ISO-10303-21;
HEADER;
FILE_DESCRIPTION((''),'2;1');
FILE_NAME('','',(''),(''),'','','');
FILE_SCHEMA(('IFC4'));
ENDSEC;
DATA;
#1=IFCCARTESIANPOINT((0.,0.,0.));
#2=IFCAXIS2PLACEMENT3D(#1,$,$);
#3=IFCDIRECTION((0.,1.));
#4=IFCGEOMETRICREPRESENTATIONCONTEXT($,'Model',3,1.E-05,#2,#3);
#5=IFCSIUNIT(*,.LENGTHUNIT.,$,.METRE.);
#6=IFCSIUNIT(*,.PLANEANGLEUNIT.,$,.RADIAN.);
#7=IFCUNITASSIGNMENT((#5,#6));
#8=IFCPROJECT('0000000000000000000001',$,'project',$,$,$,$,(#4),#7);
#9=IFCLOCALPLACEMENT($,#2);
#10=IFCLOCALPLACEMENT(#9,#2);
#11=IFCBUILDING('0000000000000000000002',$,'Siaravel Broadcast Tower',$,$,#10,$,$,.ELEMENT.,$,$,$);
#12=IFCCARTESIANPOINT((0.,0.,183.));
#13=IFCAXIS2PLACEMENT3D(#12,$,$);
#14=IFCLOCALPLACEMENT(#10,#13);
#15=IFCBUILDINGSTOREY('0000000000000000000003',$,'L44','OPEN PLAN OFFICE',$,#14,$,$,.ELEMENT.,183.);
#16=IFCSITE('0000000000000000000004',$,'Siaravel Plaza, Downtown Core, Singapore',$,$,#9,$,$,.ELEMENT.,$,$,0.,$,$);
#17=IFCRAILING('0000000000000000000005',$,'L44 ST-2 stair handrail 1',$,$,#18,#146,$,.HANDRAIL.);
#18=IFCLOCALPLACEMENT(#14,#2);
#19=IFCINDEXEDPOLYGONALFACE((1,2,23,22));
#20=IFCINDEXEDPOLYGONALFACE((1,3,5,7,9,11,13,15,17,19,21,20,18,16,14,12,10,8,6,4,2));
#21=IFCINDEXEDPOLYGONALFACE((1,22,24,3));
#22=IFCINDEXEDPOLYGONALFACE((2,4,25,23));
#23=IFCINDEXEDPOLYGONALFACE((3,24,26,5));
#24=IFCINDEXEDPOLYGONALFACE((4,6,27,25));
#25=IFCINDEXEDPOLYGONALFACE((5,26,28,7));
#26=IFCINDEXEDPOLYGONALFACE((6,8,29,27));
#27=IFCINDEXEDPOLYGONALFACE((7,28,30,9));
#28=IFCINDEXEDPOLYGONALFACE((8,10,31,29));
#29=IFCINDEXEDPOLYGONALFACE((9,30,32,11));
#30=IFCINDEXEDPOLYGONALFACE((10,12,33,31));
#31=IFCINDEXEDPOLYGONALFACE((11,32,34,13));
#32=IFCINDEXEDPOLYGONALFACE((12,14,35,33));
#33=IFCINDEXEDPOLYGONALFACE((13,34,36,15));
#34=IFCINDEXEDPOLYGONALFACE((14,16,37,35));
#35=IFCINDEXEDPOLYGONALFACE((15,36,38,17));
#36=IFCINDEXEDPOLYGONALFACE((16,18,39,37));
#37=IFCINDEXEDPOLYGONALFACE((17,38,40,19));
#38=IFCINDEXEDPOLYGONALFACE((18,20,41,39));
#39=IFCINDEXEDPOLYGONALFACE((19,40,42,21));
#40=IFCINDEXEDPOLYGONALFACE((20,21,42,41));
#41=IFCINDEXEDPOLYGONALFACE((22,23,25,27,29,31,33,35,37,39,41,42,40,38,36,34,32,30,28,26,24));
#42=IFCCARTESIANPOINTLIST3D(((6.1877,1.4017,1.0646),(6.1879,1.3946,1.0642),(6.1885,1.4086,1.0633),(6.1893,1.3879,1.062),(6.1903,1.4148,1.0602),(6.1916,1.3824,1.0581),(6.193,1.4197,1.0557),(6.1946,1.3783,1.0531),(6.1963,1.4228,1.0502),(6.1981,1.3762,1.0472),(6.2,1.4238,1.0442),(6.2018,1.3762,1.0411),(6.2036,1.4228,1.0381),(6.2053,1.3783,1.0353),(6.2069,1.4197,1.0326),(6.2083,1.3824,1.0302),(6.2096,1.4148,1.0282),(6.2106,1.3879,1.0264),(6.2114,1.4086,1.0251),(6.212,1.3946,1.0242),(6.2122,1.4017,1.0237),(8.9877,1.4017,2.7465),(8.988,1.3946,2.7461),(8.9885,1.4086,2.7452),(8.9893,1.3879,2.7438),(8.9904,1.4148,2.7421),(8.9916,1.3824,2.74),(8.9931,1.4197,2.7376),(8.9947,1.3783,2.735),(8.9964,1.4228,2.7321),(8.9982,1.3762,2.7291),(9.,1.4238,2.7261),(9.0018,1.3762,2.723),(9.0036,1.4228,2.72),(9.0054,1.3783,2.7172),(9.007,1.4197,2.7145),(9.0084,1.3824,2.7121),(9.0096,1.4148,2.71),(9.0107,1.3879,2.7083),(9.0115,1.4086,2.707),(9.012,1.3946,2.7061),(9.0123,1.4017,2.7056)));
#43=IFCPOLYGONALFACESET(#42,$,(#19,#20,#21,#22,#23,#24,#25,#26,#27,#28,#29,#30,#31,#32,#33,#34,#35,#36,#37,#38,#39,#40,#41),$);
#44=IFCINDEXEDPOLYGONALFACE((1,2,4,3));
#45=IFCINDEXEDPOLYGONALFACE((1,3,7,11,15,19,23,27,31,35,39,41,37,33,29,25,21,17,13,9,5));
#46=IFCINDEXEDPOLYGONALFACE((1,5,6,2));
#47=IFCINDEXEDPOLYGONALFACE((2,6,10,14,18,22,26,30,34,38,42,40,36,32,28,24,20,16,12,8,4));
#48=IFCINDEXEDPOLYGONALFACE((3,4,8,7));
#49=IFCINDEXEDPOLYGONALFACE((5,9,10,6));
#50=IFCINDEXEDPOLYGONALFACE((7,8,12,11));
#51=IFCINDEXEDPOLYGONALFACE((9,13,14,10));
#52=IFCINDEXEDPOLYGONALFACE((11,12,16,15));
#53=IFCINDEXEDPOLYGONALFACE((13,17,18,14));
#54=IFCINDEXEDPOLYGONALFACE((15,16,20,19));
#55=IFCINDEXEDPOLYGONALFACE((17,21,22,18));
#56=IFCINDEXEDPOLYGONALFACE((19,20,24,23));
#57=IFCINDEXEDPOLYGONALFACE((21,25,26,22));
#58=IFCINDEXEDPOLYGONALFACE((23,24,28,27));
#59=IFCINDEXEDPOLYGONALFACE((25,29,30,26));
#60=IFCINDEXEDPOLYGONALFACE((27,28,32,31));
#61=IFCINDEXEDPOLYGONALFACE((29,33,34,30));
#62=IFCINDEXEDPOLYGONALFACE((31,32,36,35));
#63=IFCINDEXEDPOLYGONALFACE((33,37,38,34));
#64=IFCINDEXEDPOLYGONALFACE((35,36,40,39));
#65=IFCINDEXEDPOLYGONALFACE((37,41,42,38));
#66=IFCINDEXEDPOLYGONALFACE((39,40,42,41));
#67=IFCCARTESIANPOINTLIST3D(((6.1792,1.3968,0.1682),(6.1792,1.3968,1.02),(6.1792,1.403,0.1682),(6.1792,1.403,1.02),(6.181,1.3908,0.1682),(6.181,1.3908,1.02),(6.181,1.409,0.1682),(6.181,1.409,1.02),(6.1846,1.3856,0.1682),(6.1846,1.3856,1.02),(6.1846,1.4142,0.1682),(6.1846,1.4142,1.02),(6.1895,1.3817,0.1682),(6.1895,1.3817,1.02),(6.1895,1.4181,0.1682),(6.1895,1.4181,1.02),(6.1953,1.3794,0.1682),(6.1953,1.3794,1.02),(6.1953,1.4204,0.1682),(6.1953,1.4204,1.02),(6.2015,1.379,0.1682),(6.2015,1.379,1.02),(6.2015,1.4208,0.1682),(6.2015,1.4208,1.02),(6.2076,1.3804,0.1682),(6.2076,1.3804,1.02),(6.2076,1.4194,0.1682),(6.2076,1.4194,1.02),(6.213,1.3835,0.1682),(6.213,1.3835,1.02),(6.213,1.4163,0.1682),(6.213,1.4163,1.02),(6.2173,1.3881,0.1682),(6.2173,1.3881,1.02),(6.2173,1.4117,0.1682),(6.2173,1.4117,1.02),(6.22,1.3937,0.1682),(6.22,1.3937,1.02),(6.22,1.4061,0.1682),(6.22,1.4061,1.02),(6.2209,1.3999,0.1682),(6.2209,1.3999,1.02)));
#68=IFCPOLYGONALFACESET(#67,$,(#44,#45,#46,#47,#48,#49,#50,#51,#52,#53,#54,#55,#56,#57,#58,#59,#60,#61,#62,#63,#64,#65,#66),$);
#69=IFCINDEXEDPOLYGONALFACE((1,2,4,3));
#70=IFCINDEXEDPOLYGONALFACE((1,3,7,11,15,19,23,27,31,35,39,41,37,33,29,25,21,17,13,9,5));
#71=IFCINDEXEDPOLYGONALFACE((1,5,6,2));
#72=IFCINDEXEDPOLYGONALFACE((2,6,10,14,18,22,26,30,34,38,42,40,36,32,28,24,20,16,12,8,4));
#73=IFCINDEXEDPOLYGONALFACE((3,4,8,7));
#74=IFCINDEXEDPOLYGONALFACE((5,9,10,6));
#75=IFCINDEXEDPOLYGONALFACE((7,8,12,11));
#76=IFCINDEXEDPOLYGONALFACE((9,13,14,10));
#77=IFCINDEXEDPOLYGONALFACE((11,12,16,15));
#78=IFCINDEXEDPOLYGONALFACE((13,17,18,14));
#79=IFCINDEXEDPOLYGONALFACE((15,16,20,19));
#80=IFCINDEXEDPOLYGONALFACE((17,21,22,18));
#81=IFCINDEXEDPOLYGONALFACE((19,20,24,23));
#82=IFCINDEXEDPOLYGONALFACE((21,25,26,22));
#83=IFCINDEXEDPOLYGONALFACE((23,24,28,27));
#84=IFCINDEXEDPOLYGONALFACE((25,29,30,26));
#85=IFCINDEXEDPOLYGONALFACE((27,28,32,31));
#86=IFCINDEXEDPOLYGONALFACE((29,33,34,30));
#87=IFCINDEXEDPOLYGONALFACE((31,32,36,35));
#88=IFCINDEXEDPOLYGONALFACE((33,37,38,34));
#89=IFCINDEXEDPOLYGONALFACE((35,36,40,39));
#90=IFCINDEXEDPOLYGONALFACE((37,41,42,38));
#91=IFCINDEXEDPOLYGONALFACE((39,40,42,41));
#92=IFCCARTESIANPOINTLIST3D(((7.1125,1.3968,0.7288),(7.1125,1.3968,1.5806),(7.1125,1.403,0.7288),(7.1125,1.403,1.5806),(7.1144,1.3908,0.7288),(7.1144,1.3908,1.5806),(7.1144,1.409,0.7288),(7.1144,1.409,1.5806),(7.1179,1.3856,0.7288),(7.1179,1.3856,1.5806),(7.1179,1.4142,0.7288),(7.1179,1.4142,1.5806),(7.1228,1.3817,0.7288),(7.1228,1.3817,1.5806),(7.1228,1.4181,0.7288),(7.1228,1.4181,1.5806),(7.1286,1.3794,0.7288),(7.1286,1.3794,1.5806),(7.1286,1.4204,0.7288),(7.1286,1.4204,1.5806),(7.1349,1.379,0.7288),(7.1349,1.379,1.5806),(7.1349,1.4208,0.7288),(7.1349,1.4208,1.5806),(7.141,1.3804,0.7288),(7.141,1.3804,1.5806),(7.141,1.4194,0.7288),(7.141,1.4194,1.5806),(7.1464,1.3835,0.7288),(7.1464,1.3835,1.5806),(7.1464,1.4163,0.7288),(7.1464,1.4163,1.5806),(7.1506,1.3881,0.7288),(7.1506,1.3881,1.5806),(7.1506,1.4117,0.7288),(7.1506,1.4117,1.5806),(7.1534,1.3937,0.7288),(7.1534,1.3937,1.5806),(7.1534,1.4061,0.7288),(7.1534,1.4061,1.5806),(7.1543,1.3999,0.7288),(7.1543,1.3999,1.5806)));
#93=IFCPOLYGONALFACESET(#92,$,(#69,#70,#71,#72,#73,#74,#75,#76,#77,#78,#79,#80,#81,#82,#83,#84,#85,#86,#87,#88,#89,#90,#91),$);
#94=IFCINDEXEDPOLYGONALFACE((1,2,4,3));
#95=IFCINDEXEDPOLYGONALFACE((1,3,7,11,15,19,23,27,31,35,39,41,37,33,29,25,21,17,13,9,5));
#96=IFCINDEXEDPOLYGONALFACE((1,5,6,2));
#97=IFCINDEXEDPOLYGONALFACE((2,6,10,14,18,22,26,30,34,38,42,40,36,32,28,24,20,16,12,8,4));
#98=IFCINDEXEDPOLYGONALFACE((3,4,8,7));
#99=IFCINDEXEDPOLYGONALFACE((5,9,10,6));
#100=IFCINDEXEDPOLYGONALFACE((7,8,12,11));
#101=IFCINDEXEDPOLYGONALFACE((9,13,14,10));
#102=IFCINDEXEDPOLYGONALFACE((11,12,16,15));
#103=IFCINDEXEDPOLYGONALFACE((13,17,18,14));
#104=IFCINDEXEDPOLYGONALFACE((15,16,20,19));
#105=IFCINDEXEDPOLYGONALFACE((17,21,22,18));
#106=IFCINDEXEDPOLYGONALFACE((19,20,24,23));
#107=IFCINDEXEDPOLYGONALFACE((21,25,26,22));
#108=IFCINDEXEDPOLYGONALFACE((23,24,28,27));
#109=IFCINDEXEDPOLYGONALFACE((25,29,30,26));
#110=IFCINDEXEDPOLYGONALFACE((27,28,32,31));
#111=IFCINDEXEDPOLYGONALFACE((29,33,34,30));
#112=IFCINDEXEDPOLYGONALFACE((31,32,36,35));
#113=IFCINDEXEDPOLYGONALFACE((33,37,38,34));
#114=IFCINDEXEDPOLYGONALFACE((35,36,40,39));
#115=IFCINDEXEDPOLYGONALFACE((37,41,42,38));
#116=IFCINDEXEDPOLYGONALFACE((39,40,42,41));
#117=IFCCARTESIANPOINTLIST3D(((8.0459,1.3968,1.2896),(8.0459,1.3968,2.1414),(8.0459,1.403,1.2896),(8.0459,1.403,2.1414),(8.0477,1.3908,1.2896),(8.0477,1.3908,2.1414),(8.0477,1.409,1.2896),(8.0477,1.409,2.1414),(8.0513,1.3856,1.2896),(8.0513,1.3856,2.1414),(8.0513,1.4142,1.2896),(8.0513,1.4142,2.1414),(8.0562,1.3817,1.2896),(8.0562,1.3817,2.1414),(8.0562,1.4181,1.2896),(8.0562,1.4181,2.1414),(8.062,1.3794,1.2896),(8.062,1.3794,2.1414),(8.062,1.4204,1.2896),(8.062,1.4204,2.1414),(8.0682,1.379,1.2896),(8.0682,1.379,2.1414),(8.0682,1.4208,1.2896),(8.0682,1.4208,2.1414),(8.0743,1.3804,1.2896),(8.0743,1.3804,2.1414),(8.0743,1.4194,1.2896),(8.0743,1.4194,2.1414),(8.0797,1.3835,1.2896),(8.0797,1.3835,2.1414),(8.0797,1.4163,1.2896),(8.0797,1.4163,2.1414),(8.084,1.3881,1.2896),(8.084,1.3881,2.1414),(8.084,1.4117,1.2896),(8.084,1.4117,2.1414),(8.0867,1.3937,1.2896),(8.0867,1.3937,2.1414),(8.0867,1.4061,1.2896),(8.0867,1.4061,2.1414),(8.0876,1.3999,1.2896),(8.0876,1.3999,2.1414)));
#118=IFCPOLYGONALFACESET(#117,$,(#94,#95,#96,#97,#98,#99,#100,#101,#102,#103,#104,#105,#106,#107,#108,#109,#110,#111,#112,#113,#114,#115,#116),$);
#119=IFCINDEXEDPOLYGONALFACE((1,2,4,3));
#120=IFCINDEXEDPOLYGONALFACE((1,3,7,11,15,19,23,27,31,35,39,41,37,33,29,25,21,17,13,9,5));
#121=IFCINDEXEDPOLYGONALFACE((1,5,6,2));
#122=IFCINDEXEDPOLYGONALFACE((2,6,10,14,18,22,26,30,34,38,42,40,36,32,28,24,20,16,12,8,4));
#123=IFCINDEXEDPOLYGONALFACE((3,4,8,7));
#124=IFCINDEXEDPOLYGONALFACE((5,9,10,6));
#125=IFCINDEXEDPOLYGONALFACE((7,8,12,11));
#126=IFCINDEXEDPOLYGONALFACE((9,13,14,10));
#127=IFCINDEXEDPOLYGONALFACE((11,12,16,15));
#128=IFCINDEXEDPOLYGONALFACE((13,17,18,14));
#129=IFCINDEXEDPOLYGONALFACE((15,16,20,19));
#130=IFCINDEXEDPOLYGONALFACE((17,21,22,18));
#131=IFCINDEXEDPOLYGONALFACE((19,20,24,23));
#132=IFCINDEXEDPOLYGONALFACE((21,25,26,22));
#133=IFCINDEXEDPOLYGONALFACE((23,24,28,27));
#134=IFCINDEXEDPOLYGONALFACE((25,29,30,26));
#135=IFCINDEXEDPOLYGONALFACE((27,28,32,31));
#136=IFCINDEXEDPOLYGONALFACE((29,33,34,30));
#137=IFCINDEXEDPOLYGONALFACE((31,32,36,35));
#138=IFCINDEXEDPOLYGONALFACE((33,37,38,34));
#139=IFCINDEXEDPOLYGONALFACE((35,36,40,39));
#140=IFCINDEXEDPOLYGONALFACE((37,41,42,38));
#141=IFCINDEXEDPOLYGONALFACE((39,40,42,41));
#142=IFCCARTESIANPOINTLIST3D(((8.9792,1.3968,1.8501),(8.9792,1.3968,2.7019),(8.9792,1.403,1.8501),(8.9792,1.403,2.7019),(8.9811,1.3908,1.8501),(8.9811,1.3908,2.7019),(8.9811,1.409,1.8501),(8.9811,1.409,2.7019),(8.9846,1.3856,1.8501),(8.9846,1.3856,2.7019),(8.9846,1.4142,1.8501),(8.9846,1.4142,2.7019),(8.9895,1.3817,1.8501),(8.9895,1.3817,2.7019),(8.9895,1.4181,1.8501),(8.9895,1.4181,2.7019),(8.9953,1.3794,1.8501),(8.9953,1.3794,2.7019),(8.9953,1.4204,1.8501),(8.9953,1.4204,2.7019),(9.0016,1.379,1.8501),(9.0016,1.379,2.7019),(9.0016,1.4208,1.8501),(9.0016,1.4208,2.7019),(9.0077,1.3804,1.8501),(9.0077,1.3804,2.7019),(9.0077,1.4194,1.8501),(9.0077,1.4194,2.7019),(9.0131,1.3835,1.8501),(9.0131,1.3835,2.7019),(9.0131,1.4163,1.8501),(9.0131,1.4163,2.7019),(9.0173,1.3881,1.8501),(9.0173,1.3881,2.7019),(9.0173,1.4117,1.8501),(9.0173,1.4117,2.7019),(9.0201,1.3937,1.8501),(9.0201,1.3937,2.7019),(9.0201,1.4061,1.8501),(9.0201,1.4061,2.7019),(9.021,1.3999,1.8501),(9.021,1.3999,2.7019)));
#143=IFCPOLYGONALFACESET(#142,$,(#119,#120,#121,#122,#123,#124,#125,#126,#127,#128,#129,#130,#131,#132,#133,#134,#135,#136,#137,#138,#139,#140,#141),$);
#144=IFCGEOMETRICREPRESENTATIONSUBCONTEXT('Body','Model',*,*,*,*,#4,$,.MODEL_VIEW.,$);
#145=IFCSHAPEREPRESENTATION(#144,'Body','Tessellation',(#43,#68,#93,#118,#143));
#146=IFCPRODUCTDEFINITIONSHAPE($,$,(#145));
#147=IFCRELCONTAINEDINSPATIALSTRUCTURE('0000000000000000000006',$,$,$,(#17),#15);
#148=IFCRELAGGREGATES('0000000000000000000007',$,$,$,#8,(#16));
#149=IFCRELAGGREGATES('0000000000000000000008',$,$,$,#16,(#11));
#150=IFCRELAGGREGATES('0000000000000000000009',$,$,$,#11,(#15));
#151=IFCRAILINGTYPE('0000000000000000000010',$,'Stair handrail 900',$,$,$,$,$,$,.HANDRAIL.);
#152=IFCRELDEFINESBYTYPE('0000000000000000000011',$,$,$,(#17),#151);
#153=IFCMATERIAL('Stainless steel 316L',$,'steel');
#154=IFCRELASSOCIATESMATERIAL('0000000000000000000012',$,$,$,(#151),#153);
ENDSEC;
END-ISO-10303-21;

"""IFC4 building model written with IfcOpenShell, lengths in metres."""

from ifc_helpers import new_model, si_unit, direction, frame, origin, origin_2d, place, context, subcontext, project, spatial, circle, extrude, material, type_object, element, save


model = new_model("IFC4")

# Units and contexts
model_context = context("Model", 3, precision=1e-05, world=origin(), true_north=direction((0.0, 1.0)))
body_context = subcontext(model_context, "Body", "Model", "MODEL_VIEW")
ifc_project = project(units=[si_unit("LENGTHUNIT", "METRE"), si_unit("PLANEANGLEUNIT", "RADIAN")], contexts=[model_context])

# Site, building, storey
site_placement = place(None, origin())
site = spatial("IfcSite", under=ifc_project, at=site_placement, Name="Siaravel Plaza, Downtown Core, Singapore", CompositionType="ELEMENT", RefElevation=0.0)
building_placement = place(site_placement, origin())
building = spatial("IfcBuilding", under=site, at=building_placement, Name="Siaravel Broadcast Tower", CompositionType="ELEMENT")
storey_placement = place(building_placement, frame((0.0, 0.0, 183.0)))
storey = spatial("IfcBuildingStorey", under=building, at=storey_placement, Name="L44", Description="OPEN PLAN OFFICE", CompositionType="ELEMENT", Elevation=183.0)

# Railing
ifc_material_1 = material(Name="Stainless steel 316L", Category="steel")
railing_type_1 = type_object("IfcRailingType", Name="Stair handrail 900", PredefinedType="HANDRAIL", material=ifc_material_1)
railing_1_placement = place(storey_placement, frame((6.2, 1.3999, 0.1682)))
element("IfcRailing", 1, at=railing_1_placement, inside=storey, type_object=railing_type_1, Name="L44 ST-2 stair handrail 1", PredefinedType="HANDRAIL", context=body_context, shape_type="SweptSolid", body=[
    extrude(circle(Radius=0.0239, at=origin_2d()), frame((0.0, 0.0, 0.876), z_axis=(0.857242, 0.0, 0.514913), x_axis=(0.0, 1.0, 0.0)), (0.0, 0.0, 1.0), 3.2664),
    extrude(circle(Radius=0.021, at=origin_2d()), origin(), (0.0, 0.0, 1.0), 0.8518),
    extrude(circle(Radius=0.021, at=origin_2d()), frame((0.9333, 0.0, 0.5605)), (0.0, 0.0, 1.0), 0.8518),
    extrude(circle(Radius=0.021, at=origin_2d()), frame((1.8667, 0.0, 1.1213)), (0.0, 0.0, 1.0), 0.8518),
    extrude(circle(Radius=0.021, at=origin_2d()), frame((2.8, 0.0, 1.6819)), (0.0, 0.0, 1.0), 0.8518),
])

save(model, "model.ifc")
